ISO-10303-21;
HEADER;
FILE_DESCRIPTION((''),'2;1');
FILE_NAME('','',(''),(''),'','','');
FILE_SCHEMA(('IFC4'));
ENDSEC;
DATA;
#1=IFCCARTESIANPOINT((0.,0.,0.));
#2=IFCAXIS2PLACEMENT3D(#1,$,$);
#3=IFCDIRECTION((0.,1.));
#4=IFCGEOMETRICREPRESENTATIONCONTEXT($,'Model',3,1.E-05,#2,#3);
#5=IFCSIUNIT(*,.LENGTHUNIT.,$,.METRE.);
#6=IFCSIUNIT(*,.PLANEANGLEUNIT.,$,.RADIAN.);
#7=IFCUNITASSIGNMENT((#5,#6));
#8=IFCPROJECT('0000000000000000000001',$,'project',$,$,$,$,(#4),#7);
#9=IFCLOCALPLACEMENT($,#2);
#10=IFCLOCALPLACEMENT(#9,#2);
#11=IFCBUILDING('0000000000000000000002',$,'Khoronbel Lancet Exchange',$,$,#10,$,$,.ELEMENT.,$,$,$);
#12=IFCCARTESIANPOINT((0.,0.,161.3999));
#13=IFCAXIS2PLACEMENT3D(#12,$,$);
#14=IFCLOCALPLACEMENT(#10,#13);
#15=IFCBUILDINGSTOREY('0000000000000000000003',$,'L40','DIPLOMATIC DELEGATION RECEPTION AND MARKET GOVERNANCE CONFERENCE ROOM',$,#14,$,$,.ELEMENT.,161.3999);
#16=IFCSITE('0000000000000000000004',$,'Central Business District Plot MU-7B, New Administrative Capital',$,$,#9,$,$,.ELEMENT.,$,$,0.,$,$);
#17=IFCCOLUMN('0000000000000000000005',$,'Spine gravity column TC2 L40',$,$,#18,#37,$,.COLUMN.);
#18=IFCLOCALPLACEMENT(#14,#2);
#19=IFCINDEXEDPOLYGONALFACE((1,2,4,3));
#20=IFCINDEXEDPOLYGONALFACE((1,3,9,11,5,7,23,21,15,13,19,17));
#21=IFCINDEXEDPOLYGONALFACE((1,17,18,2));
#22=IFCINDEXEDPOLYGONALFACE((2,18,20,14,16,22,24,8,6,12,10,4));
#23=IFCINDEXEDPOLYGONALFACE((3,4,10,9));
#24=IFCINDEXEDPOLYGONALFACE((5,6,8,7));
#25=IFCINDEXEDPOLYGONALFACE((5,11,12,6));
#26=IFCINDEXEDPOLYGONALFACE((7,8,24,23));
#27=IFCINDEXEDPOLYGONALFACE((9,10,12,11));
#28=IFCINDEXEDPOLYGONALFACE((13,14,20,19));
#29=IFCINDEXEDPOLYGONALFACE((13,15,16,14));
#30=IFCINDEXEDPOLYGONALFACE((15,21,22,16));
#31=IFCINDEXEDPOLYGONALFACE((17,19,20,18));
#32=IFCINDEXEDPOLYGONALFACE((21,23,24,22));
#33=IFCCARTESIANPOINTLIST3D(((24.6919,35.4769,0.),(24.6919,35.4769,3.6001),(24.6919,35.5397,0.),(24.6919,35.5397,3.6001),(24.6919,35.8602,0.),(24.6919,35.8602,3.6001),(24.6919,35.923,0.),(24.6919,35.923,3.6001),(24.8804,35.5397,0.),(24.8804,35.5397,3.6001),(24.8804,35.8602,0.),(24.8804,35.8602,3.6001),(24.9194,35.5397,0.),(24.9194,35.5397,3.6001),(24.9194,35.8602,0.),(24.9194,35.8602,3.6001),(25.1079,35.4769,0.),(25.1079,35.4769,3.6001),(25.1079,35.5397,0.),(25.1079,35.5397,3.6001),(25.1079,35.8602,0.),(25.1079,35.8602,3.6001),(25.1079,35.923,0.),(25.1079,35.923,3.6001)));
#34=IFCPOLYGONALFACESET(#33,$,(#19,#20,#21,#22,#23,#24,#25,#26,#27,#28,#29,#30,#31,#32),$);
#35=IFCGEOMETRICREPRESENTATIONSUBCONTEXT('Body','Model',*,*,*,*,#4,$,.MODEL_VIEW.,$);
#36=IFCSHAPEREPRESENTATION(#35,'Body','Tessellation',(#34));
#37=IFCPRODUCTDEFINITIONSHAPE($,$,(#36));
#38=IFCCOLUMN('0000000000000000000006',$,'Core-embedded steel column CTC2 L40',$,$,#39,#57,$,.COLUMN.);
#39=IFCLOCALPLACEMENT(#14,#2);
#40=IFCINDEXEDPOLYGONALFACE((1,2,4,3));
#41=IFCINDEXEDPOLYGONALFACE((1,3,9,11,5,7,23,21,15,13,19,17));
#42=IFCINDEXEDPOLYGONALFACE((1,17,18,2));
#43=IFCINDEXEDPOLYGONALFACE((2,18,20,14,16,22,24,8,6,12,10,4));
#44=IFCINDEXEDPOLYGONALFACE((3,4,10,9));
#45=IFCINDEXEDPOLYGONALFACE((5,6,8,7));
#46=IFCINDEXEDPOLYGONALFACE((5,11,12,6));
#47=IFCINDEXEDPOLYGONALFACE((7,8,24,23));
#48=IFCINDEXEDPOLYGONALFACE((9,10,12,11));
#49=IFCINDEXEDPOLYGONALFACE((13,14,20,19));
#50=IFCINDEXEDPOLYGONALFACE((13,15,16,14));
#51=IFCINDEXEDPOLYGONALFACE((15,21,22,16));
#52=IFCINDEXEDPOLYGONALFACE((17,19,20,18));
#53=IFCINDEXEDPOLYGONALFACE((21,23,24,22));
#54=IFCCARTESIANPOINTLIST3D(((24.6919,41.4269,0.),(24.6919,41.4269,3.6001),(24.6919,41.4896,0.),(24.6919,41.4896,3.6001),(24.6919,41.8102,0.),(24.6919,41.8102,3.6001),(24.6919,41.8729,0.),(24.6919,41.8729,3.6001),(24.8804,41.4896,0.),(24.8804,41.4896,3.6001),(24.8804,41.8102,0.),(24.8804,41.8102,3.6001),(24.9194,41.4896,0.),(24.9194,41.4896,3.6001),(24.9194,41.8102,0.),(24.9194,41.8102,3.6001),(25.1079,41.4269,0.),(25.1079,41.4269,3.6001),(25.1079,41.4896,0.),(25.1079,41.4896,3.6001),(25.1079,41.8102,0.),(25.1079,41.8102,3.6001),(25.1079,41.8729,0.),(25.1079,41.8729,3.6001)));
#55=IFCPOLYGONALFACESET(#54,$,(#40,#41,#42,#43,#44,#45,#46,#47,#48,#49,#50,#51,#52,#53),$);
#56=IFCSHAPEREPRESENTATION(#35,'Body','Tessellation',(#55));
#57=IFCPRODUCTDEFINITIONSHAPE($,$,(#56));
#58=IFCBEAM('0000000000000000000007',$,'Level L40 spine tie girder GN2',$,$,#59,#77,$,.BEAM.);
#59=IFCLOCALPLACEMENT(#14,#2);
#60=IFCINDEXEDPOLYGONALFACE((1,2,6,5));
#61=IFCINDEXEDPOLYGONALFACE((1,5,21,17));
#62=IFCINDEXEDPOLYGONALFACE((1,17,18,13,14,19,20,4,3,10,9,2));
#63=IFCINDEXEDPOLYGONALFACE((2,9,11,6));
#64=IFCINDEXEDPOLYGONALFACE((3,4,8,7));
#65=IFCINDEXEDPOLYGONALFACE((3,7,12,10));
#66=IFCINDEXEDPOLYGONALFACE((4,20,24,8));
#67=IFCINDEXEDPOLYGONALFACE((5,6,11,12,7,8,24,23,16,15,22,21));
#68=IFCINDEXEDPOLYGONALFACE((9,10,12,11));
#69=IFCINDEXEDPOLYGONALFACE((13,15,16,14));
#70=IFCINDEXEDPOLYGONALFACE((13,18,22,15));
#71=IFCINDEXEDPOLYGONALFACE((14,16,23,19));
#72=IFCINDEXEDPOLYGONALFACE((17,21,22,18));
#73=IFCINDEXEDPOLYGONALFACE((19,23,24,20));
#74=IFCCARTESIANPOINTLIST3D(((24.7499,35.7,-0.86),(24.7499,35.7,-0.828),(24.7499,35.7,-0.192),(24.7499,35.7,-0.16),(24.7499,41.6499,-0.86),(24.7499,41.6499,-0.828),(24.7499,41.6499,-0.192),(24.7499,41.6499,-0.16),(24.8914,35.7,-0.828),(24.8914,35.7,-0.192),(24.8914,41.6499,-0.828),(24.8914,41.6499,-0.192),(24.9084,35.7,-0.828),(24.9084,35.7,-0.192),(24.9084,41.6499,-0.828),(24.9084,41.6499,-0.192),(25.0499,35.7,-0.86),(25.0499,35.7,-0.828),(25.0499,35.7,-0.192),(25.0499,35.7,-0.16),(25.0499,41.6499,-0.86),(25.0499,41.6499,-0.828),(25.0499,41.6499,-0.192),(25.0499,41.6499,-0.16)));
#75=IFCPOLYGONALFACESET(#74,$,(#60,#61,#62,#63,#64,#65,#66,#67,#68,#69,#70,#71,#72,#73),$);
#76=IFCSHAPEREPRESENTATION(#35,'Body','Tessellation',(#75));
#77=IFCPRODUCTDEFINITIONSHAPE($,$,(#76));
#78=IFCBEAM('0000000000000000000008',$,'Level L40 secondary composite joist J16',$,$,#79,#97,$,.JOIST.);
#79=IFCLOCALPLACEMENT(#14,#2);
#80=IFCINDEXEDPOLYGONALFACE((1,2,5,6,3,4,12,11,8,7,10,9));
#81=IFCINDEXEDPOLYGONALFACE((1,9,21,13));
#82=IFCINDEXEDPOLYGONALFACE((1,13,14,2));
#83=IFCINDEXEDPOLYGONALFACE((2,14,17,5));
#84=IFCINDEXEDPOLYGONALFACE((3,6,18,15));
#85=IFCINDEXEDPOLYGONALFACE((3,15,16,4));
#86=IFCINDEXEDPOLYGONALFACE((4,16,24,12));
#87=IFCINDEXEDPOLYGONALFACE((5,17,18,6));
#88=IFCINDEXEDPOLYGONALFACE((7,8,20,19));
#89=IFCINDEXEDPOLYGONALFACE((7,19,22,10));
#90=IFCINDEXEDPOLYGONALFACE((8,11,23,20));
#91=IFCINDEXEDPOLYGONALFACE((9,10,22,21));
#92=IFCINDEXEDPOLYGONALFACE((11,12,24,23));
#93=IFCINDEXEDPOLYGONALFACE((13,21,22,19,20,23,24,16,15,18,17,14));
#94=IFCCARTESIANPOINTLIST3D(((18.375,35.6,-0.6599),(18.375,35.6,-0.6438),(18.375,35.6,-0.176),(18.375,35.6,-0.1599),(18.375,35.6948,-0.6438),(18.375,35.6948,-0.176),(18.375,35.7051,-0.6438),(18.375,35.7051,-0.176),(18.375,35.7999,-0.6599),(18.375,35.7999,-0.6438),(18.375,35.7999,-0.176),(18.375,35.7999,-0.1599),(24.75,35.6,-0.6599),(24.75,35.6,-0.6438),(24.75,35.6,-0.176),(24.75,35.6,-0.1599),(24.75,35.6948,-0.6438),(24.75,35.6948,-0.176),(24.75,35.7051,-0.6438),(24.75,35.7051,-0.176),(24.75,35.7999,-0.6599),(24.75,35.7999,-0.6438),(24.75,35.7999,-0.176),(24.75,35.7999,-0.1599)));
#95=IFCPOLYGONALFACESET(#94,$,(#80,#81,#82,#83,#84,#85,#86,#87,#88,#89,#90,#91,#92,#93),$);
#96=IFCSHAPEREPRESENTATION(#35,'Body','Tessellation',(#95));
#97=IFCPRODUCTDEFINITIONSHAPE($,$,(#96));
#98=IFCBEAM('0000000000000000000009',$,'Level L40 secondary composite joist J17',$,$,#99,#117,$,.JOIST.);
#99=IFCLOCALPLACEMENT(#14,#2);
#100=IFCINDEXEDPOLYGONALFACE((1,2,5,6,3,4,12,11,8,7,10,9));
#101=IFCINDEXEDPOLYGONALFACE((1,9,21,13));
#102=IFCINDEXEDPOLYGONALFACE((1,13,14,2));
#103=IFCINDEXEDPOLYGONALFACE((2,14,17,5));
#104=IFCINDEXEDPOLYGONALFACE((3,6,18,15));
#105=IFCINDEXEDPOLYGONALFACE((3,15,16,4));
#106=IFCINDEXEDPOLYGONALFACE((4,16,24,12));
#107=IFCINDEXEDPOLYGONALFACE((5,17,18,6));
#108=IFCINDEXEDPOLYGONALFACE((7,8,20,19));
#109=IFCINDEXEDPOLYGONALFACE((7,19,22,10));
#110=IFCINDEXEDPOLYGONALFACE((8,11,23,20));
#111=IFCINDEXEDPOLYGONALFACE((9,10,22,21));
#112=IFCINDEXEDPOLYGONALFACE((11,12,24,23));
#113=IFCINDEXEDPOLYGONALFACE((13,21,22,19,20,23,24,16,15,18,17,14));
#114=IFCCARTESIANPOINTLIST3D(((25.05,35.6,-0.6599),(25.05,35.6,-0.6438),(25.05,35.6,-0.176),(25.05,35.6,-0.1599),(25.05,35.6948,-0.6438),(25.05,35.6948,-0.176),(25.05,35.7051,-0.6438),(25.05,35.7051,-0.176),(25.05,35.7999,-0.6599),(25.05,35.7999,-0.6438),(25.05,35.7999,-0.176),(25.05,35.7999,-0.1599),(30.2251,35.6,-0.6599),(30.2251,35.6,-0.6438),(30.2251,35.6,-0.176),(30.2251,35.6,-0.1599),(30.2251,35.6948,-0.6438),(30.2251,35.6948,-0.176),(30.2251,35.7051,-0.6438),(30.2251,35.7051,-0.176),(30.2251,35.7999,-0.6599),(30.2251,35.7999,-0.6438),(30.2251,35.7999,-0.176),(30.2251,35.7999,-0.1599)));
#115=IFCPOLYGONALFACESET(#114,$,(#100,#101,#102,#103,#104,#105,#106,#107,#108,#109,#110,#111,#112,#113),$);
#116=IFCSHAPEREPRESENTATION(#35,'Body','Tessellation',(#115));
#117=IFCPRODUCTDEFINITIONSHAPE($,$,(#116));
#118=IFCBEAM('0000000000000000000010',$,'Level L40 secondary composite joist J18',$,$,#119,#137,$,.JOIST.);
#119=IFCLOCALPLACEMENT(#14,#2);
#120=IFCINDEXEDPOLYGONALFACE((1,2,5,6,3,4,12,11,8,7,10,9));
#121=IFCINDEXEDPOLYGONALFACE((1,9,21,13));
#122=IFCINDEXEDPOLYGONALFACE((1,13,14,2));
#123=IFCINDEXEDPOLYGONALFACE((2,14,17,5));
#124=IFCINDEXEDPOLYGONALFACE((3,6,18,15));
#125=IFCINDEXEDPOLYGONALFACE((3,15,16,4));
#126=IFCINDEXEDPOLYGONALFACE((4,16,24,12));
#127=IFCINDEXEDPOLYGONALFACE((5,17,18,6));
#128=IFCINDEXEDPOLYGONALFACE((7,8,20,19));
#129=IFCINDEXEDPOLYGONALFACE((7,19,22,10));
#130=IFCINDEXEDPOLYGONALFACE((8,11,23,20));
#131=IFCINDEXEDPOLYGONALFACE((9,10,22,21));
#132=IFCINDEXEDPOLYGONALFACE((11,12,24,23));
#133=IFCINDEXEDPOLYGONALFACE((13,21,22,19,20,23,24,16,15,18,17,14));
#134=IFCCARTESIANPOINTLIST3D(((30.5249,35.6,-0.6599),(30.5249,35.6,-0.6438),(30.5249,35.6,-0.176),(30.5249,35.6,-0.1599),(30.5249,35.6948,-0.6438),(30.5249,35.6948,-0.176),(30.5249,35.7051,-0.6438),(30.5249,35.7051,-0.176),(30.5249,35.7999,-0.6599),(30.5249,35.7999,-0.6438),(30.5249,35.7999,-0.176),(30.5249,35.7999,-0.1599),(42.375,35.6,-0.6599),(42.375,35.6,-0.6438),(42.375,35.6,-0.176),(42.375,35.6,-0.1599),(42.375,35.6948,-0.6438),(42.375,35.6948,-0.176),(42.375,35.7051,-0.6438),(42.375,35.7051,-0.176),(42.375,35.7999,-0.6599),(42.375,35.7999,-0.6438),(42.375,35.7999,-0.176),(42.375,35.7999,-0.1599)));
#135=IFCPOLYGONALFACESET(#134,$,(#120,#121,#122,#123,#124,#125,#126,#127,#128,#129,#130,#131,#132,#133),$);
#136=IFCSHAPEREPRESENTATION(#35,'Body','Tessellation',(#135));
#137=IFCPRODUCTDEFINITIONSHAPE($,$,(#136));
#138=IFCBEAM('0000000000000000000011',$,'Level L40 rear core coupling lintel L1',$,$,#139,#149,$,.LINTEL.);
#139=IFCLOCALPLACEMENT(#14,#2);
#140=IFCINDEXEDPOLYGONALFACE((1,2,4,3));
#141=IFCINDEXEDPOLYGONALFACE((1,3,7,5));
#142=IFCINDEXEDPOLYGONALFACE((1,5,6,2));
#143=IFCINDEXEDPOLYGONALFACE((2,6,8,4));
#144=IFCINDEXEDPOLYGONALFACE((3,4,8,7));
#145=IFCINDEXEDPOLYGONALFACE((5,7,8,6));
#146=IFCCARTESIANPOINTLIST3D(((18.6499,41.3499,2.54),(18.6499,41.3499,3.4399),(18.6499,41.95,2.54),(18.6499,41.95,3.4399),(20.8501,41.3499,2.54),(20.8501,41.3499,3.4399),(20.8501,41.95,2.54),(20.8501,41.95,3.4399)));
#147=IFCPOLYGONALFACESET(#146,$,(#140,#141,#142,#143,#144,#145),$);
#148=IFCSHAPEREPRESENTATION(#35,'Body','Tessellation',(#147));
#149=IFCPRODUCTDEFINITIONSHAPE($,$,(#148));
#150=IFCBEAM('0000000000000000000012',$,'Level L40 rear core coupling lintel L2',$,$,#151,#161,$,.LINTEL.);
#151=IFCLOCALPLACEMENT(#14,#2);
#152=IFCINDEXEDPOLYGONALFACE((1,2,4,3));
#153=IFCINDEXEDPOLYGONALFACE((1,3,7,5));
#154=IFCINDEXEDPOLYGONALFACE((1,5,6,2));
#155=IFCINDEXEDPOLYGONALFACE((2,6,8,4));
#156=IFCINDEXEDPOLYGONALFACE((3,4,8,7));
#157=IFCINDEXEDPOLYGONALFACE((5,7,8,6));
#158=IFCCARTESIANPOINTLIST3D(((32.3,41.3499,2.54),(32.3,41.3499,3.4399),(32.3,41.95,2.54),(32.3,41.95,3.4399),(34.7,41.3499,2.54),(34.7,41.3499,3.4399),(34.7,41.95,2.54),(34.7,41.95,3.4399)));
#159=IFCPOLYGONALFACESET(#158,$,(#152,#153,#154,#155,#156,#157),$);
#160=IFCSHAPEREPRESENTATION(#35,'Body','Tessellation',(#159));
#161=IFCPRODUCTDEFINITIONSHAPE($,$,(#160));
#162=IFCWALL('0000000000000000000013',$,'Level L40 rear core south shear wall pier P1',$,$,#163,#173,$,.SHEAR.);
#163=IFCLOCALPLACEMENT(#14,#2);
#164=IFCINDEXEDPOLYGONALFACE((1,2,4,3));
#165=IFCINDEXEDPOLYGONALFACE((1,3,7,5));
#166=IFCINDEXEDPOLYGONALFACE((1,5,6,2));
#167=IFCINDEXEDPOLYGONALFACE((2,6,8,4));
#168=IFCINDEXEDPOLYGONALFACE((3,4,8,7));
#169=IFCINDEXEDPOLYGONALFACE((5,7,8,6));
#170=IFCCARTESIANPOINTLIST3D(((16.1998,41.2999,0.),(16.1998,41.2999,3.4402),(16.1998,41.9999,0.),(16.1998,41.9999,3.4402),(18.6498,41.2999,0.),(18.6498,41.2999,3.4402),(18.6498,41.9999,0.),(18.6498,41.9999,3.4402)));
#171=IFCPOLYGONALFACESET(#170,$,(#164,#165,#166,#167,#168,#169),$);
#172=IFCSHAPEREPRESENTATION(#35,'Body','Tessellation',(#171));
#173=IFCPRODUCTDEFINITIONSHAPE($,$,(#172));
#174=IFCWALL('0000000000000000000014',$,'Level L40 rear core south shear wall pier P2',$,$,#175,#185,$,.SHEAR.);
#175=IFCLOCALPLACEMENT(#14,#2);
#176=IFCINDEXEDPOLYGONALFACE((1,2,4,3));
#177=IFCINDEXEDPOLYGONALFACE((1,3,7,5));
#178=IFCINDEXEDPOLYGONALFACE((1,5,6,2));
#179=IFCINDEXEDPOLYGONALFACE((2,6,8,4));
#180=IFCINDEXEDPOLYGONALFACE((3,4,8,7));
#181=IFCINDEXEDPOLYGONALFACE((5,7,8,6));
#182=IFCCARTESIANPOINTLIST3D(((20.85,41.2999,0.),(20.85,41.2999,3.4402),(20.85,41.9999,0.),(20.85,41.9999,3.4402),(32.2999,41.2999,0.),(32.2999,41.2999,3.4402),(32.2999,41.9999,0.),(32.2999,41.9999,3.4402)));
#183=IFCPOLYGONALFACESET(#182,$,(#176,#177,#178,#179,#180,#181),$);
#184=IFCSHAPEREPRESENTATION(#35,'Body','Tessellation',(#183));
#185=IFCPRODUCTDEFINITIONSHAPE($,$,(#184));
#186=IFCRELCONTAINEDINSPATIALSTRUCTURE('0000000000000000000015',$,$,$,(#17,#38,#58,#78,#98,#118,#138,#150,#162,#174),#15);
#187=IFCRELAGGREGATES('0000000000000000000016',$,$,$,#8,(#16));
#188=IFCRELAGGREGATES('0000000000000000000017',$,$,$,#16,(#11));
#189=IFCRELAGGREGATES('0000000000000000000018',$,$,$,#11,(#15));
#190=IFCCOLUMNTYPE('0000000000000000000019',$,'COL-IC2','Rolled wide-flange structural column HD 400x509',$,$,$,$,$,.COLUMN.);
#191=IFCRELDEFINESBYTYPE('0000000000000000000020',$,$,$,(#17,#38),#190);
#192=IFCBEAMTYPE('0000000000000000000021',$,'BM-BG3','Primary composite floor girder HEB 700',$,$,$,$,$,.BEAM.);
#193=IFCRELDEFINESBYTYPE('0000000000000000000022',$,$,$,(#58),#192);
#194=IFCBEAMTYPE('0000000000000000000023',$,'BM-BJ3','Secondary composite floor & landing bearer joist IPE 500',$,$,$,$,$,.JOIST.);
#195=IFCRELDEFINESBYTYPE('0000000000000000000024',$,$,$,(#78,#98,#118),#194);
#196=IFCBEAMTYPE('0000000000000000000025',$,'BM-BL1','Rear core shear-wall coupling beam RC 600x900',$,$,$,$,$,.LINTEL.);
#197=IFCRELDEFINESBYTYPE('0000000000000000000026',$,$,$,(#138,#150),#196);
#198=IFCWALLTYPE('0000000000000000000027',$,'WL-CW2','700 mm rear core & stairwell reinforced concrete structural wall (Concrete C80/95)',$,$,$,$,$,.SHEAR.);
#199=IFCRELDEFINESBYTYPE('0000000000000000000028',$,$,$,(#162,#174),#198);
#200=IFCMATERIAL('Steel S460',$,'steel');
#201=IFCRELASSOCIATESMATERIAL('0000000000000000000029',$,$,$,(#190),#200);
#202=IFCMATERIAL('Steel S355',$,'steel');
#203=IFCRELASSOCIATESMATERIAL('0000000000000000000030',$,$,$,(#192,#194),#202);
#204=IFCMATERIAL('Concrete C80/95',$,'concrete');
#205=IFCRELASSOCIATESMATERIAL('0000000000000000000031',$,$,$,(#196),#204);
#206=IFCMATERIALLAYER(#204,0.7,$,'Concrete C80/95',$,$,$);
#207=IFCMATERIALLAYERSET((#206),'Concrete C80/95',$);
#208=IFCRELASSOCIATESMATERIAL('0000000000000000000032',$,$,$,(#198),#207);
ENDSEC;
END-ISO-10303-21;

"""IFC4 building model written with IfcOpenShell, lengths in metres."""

from ifc_helpers import new_model, si_unit, direction, frame, frame_2d, origin, origin_2d, place, context, subcontext, project, spatial, rectangle, i_section, extrude, material, layer, layer_set, material_profile, profile_set, type_object, element, save


model = new_model("IFC4")

# Units and contexts
model_context = context("Model", 3, precision=1e-05, world=origin(), true_north=direction((0.0, 1.0)))
body_context = subcontext(model_context, "Body", "Model", "MODEL_VIEW")
ifc_project = project(units=[si_unit("LENGTHUNIT", "METRE"), si_unit("PLANEANGLEUNIT", "RADIAN")], contexts=[model_context])

# Site, building, storey
site_placement = place(None, origin())
site = spatial("IfcSite", under=ifc_project, at=site_placement, Name="Central Business District Plot MU-7B, New Administrative Capital", CompositionType="ELEMENT", RefElevation=0.0)
building_placement = place(site_placement, origin())
building = spatial("IfcBuilding", under=site, at=building_placement, Name="Khoronbel Lancet Exchange", CompositionType="ELEMENT")
storey_placement = place(building_placement, frame((0.0, 0.0, 161.3999)))
storey = spatial("IfcBuildingStorey", under=building, at=storey_placement, Name="L40", Description="DIPLOMATIC DELEGATION RECEPTION AND MARKET GOVERNANCE CONFERENCE ROOM", CompositionType="ELEMENT", Elevation=161.3999)

# Columns
ifc_material_1 = material(Name="Steel S460", Category="steel")
ifc_material_profile_1 = material_profile(ifc_material_1, i_section(OverallWidth=0.416, OverallDepth=0.446, WebThickness=0.0391, FlangeThickness=0.0627, at=origin_2d()), Name="HD 400x509")
ifc_profile_set_1 = profile_set([ifc_material_profile_1], Name="Steel S460")
column_type = type_object("IfcColumnType", Name="COL-IC2", Description="Rolled wide-flange structural column HD 400x509", PredefinedType="COLUMN", material=ifc_profile_set_1)
for number, where, z_axis, x_axis, name in (
    (1, (24.8999, 35.7, 0.0), (0.0, 0.0, 1.0), (1.0, 0.0, 0.0), "Spine gravity column TC2 L40"),
    (2, (24.8999, 41.6499, 0.0), (0.0, 0.0, 1.0), (1.0, 0.0, 0.0), "Core-embedded steel column CTC2 L40"),
):
    element("IfcColumn", number, at=place(storey_placement, frame(where, z_axis=z_axis, x_axis=x_axis)), inside=storey, type_object=column_type, Name=name, PredefinedType="COLUMN", context=body_context, shape_type="SweptSolid", body=[
        extrude(i_section(OverallWidth=0.416, OverallDepth=0.446, WebThickness=0.0391, FlangeThickness=0.0627, at=origin_2d()), origin(), (0.0, 0.0, 1.0), 3.6001),
    ])

# Beams
ifc_material_2 = material(Name="Steel S355", Category="steel")
ifc_material_profile_2 = material_profile(ifc_material_2, i_section(OverallWidth=0.3, OverallDepth=0.7, WebThickness=0.0171, FlangeThickness=0.032, at=origin_2d()), Name="HEB 700")
ifc_profile_set_2 = profile_set([ifc_material_profile_2], Name="Steel S355")
beam_type_1 = type_object("IfcBeamType", Name="BM-BG3", Description="Primary composite floor girder HEB 700", PredefinedType="BEAM", material=ifc_profile_set_2)
beam_1_placement = place(storey_placement, frame((24.8999, 35.7, -0.51), z_axis=(0.0, 1.0, 0.0), x_axis=(-1.0, 0.0, 0.0)))
element("IfcBeam", 3, at=beam_1_placement, inside=storey, type_object=beam_type_1, Name="Level L40 spine tie girder GN2", PredefinedType="BEAM", context=body_context, shape_type="SweptSolid", body=[
    extrude(i_section(OverallWidth=0.3, OverallDepth=0.7, WebThickness=0.0171, FlangeThickness=0.032, at=origin_2d()), origin(), (0.0, 0.0, 1.0), 5.95),
])
ifc_material_profile_3 = material_profile(ifc_material_2, i_section(OverallWidth=0.2, OverallDepth=0.5, WebThickness=0.0103, FlangeThickness=0.0161, at=origin_2d()), Name="IPE 500")
ifc_profile_set_3 = profile_set([ifc_material_profile_3], Name="Steel S355")
beam_type_2 = type_object("IfcBeamType", Name="BM-BJ3", Description="Secondary composite floor & landing bearer joist IPE 500", PredefinedType="JOIST", material=ifc_profile_set_3)
beam_2_placement = place(storey_placement, frame((18.375, 35.7, -0.4099), z_axis=(1.0, 0.0, 0.0), x_axis=(0.0, 1.0, 0.0)))
element("IfcBeam", 4, at=beam_2_placement, inside=storey, type_object=beam_type_2, Name="Level L40 secondary composite joist J16", PredefinedType="JOIST", context=body_context, shape_type="SweptSolid", body=[
    extrude(i_section(OverallWidth=0.2, OverallDepth=0.5, WebThickness=0.0103, FlangeThickness=0.0161, at=origin_2d()), origin(), (0.0, 0.0, 1.0), 6.375),
])
beam_3_placement = place(storey_placement, frame((25.05, 35.7, -0.4099), z_axis=(1.0, 0.0, 0.0), x_axis=(0.0, 1.0, 0.0)))
element("IfcBeam", 5, at=beam_3_placement, inside=storey, type_object=beam_type_2, Name="Level L40 secondary composite joist J17", PredefinedType="JOIST", context=body_context, shape_type="SweptSolid", body=[
    extrude(i_section(OverallWidth=0.2, OverallDepth=0.5, WebThickness=0.0103, FlangeThickness=0.0161, at=origin_2d()), origin(), (0.0, 0.0, 1.0), 5.175),
])
beam_4_placement = place(storey_placement, frame((30.5249, 35.7, -0.4099), z_axis=(1.0, 0.0, 0.0), x_axis=(0.0, 1.0, 0.0)))
element("IfcBeam", 6, at=beam_4_placement, inside=storey, type_object=beam_type_2, Name="Level L40 secondary composite joist J18", PredefinedType="JOIST", context=body_context, shape_type="SweptSolid", body=[
    extrude(i_section(OverallWidth=0.2, OverallDepth=0.5, WebThickness=0.0103, FlangeThickness=0.0161, at=origin_2d()), origin(), (0.0, 0.0, 1.0), 11.8501),
])
ifc_material_3 = material(Name="Concrete C80/95", Category="concrete")
ifc_material_profile_4 = material_profile(ifc_material_3, rectangle(XDim=0.6001, YDim=0.8999, at=origin_2d()), Name="RC 600x900")
ifc_profile_set_4 = profile_set([ifc_material_profile_4], Name="Concrete C80/95")
beam_type_3 = type_object("IfcBeamType", Name="BM-BL1", Description="Rear core shear-wall coupling beam RC 600x900", PredefinedType="LINTEL", material=ifc_profile_set_4)
beam_5_placement = place(storey_placement, frame((18.6499, 41.6499, 2.99), z_axis=(1.0, 0.0, 0.0), x_axis=(0.0, 1.0, 0.0)))
element("IfcBeam", 7, at=beam_5_placement, inside=storey, type_object=beam_type_3, Name="Level L40 rear core coupling lintel L1", PredefinedType="LINTEL", context=body_context, shape_type="SweptSolid", body=[
    extrude(rectangle(XDim=0.6001, YDim=0.8999, at=origin_2d()), origin(), (0.0, 0.0, 1.0), 2.2002),
])
beam_6_placement = place(storey_placement, frame((32.3, 41.6499, 2.99), z_axis=(1.0, 0.0, 0.0), x_axis=(0.0, 1.0, 0.0)))
element("IfcBeam", 8, at=beam_6_placement, inside=storey, type_object=beam_type_3, Name="Level L40 rear core coupling lintel L2", PredefinedType="LINTEL", context=body_context, shape_type="SweptSolid", body=[
    extrude(rectangle(XDim=0.6001, YDim=0.8999, at=origin_2d()), origin(), (0.0, 0.0, 1.0), 2.3999),
])

# Walls
ifc_layer_1 = layer(ifc_material_3, 0.7, Name="Concrete C80/95")
ifc_layer_set_1 = layer_set([ifc_layer_1], Name="Concrete C80/95")
wall_type_1 = type_object("IfcWallType", Name="WL-CW2", Description="700 mm rear core & stairwell reinforced concrete structural wall (Concrete C80/95)", PredefinedType="SHEAR", material=ifc_layer_set_1)
wall_1_placement = place(storey_placement, frame((18.6499, 41.6499, 0.0), z_axis=(0.0, 0.0, 1.0), x_axis=(-1.0, 0.0, 0.0)))
element("IfcWall", 9, at=wall_1_placement, inside=storey, type_object=wall_type_1, Name="Level L40 rear core south shear wall pier P1", PredefinedType="SHEAR", context=body_context, shape_type="SweptSolid", body=[
    extrude(rectangle(XDim=2.45, YDim=0.7, at=frame_2d((1.2251, 0.0))), origin(), (0.0, 0.0, 1.0), 3.4402),
])
wall_2_placement = place(storey_placement, frame((32.3, 41.6499, 0.0), z_axis=(0.0, 0.0, 1.0), x_axis=(-1.0, 0.0, 0.0)))
element("IfcWall", 10, at=wall_2_placement, inside=storey, type_object=wall_type_1, Name="Level L40 rear core south shear wall pier P2", PredefinedType="SHEAR", context=body_context, shape_type="SweptSolid", body=[
    extrude(rectangle(XDim=11.45, YDim=0.7, at=frame_2d((5.7251, 0.0))), origin(), (0.0, 0.0, 1.0), 3.4402),
])

save(model, "model.ifc")
